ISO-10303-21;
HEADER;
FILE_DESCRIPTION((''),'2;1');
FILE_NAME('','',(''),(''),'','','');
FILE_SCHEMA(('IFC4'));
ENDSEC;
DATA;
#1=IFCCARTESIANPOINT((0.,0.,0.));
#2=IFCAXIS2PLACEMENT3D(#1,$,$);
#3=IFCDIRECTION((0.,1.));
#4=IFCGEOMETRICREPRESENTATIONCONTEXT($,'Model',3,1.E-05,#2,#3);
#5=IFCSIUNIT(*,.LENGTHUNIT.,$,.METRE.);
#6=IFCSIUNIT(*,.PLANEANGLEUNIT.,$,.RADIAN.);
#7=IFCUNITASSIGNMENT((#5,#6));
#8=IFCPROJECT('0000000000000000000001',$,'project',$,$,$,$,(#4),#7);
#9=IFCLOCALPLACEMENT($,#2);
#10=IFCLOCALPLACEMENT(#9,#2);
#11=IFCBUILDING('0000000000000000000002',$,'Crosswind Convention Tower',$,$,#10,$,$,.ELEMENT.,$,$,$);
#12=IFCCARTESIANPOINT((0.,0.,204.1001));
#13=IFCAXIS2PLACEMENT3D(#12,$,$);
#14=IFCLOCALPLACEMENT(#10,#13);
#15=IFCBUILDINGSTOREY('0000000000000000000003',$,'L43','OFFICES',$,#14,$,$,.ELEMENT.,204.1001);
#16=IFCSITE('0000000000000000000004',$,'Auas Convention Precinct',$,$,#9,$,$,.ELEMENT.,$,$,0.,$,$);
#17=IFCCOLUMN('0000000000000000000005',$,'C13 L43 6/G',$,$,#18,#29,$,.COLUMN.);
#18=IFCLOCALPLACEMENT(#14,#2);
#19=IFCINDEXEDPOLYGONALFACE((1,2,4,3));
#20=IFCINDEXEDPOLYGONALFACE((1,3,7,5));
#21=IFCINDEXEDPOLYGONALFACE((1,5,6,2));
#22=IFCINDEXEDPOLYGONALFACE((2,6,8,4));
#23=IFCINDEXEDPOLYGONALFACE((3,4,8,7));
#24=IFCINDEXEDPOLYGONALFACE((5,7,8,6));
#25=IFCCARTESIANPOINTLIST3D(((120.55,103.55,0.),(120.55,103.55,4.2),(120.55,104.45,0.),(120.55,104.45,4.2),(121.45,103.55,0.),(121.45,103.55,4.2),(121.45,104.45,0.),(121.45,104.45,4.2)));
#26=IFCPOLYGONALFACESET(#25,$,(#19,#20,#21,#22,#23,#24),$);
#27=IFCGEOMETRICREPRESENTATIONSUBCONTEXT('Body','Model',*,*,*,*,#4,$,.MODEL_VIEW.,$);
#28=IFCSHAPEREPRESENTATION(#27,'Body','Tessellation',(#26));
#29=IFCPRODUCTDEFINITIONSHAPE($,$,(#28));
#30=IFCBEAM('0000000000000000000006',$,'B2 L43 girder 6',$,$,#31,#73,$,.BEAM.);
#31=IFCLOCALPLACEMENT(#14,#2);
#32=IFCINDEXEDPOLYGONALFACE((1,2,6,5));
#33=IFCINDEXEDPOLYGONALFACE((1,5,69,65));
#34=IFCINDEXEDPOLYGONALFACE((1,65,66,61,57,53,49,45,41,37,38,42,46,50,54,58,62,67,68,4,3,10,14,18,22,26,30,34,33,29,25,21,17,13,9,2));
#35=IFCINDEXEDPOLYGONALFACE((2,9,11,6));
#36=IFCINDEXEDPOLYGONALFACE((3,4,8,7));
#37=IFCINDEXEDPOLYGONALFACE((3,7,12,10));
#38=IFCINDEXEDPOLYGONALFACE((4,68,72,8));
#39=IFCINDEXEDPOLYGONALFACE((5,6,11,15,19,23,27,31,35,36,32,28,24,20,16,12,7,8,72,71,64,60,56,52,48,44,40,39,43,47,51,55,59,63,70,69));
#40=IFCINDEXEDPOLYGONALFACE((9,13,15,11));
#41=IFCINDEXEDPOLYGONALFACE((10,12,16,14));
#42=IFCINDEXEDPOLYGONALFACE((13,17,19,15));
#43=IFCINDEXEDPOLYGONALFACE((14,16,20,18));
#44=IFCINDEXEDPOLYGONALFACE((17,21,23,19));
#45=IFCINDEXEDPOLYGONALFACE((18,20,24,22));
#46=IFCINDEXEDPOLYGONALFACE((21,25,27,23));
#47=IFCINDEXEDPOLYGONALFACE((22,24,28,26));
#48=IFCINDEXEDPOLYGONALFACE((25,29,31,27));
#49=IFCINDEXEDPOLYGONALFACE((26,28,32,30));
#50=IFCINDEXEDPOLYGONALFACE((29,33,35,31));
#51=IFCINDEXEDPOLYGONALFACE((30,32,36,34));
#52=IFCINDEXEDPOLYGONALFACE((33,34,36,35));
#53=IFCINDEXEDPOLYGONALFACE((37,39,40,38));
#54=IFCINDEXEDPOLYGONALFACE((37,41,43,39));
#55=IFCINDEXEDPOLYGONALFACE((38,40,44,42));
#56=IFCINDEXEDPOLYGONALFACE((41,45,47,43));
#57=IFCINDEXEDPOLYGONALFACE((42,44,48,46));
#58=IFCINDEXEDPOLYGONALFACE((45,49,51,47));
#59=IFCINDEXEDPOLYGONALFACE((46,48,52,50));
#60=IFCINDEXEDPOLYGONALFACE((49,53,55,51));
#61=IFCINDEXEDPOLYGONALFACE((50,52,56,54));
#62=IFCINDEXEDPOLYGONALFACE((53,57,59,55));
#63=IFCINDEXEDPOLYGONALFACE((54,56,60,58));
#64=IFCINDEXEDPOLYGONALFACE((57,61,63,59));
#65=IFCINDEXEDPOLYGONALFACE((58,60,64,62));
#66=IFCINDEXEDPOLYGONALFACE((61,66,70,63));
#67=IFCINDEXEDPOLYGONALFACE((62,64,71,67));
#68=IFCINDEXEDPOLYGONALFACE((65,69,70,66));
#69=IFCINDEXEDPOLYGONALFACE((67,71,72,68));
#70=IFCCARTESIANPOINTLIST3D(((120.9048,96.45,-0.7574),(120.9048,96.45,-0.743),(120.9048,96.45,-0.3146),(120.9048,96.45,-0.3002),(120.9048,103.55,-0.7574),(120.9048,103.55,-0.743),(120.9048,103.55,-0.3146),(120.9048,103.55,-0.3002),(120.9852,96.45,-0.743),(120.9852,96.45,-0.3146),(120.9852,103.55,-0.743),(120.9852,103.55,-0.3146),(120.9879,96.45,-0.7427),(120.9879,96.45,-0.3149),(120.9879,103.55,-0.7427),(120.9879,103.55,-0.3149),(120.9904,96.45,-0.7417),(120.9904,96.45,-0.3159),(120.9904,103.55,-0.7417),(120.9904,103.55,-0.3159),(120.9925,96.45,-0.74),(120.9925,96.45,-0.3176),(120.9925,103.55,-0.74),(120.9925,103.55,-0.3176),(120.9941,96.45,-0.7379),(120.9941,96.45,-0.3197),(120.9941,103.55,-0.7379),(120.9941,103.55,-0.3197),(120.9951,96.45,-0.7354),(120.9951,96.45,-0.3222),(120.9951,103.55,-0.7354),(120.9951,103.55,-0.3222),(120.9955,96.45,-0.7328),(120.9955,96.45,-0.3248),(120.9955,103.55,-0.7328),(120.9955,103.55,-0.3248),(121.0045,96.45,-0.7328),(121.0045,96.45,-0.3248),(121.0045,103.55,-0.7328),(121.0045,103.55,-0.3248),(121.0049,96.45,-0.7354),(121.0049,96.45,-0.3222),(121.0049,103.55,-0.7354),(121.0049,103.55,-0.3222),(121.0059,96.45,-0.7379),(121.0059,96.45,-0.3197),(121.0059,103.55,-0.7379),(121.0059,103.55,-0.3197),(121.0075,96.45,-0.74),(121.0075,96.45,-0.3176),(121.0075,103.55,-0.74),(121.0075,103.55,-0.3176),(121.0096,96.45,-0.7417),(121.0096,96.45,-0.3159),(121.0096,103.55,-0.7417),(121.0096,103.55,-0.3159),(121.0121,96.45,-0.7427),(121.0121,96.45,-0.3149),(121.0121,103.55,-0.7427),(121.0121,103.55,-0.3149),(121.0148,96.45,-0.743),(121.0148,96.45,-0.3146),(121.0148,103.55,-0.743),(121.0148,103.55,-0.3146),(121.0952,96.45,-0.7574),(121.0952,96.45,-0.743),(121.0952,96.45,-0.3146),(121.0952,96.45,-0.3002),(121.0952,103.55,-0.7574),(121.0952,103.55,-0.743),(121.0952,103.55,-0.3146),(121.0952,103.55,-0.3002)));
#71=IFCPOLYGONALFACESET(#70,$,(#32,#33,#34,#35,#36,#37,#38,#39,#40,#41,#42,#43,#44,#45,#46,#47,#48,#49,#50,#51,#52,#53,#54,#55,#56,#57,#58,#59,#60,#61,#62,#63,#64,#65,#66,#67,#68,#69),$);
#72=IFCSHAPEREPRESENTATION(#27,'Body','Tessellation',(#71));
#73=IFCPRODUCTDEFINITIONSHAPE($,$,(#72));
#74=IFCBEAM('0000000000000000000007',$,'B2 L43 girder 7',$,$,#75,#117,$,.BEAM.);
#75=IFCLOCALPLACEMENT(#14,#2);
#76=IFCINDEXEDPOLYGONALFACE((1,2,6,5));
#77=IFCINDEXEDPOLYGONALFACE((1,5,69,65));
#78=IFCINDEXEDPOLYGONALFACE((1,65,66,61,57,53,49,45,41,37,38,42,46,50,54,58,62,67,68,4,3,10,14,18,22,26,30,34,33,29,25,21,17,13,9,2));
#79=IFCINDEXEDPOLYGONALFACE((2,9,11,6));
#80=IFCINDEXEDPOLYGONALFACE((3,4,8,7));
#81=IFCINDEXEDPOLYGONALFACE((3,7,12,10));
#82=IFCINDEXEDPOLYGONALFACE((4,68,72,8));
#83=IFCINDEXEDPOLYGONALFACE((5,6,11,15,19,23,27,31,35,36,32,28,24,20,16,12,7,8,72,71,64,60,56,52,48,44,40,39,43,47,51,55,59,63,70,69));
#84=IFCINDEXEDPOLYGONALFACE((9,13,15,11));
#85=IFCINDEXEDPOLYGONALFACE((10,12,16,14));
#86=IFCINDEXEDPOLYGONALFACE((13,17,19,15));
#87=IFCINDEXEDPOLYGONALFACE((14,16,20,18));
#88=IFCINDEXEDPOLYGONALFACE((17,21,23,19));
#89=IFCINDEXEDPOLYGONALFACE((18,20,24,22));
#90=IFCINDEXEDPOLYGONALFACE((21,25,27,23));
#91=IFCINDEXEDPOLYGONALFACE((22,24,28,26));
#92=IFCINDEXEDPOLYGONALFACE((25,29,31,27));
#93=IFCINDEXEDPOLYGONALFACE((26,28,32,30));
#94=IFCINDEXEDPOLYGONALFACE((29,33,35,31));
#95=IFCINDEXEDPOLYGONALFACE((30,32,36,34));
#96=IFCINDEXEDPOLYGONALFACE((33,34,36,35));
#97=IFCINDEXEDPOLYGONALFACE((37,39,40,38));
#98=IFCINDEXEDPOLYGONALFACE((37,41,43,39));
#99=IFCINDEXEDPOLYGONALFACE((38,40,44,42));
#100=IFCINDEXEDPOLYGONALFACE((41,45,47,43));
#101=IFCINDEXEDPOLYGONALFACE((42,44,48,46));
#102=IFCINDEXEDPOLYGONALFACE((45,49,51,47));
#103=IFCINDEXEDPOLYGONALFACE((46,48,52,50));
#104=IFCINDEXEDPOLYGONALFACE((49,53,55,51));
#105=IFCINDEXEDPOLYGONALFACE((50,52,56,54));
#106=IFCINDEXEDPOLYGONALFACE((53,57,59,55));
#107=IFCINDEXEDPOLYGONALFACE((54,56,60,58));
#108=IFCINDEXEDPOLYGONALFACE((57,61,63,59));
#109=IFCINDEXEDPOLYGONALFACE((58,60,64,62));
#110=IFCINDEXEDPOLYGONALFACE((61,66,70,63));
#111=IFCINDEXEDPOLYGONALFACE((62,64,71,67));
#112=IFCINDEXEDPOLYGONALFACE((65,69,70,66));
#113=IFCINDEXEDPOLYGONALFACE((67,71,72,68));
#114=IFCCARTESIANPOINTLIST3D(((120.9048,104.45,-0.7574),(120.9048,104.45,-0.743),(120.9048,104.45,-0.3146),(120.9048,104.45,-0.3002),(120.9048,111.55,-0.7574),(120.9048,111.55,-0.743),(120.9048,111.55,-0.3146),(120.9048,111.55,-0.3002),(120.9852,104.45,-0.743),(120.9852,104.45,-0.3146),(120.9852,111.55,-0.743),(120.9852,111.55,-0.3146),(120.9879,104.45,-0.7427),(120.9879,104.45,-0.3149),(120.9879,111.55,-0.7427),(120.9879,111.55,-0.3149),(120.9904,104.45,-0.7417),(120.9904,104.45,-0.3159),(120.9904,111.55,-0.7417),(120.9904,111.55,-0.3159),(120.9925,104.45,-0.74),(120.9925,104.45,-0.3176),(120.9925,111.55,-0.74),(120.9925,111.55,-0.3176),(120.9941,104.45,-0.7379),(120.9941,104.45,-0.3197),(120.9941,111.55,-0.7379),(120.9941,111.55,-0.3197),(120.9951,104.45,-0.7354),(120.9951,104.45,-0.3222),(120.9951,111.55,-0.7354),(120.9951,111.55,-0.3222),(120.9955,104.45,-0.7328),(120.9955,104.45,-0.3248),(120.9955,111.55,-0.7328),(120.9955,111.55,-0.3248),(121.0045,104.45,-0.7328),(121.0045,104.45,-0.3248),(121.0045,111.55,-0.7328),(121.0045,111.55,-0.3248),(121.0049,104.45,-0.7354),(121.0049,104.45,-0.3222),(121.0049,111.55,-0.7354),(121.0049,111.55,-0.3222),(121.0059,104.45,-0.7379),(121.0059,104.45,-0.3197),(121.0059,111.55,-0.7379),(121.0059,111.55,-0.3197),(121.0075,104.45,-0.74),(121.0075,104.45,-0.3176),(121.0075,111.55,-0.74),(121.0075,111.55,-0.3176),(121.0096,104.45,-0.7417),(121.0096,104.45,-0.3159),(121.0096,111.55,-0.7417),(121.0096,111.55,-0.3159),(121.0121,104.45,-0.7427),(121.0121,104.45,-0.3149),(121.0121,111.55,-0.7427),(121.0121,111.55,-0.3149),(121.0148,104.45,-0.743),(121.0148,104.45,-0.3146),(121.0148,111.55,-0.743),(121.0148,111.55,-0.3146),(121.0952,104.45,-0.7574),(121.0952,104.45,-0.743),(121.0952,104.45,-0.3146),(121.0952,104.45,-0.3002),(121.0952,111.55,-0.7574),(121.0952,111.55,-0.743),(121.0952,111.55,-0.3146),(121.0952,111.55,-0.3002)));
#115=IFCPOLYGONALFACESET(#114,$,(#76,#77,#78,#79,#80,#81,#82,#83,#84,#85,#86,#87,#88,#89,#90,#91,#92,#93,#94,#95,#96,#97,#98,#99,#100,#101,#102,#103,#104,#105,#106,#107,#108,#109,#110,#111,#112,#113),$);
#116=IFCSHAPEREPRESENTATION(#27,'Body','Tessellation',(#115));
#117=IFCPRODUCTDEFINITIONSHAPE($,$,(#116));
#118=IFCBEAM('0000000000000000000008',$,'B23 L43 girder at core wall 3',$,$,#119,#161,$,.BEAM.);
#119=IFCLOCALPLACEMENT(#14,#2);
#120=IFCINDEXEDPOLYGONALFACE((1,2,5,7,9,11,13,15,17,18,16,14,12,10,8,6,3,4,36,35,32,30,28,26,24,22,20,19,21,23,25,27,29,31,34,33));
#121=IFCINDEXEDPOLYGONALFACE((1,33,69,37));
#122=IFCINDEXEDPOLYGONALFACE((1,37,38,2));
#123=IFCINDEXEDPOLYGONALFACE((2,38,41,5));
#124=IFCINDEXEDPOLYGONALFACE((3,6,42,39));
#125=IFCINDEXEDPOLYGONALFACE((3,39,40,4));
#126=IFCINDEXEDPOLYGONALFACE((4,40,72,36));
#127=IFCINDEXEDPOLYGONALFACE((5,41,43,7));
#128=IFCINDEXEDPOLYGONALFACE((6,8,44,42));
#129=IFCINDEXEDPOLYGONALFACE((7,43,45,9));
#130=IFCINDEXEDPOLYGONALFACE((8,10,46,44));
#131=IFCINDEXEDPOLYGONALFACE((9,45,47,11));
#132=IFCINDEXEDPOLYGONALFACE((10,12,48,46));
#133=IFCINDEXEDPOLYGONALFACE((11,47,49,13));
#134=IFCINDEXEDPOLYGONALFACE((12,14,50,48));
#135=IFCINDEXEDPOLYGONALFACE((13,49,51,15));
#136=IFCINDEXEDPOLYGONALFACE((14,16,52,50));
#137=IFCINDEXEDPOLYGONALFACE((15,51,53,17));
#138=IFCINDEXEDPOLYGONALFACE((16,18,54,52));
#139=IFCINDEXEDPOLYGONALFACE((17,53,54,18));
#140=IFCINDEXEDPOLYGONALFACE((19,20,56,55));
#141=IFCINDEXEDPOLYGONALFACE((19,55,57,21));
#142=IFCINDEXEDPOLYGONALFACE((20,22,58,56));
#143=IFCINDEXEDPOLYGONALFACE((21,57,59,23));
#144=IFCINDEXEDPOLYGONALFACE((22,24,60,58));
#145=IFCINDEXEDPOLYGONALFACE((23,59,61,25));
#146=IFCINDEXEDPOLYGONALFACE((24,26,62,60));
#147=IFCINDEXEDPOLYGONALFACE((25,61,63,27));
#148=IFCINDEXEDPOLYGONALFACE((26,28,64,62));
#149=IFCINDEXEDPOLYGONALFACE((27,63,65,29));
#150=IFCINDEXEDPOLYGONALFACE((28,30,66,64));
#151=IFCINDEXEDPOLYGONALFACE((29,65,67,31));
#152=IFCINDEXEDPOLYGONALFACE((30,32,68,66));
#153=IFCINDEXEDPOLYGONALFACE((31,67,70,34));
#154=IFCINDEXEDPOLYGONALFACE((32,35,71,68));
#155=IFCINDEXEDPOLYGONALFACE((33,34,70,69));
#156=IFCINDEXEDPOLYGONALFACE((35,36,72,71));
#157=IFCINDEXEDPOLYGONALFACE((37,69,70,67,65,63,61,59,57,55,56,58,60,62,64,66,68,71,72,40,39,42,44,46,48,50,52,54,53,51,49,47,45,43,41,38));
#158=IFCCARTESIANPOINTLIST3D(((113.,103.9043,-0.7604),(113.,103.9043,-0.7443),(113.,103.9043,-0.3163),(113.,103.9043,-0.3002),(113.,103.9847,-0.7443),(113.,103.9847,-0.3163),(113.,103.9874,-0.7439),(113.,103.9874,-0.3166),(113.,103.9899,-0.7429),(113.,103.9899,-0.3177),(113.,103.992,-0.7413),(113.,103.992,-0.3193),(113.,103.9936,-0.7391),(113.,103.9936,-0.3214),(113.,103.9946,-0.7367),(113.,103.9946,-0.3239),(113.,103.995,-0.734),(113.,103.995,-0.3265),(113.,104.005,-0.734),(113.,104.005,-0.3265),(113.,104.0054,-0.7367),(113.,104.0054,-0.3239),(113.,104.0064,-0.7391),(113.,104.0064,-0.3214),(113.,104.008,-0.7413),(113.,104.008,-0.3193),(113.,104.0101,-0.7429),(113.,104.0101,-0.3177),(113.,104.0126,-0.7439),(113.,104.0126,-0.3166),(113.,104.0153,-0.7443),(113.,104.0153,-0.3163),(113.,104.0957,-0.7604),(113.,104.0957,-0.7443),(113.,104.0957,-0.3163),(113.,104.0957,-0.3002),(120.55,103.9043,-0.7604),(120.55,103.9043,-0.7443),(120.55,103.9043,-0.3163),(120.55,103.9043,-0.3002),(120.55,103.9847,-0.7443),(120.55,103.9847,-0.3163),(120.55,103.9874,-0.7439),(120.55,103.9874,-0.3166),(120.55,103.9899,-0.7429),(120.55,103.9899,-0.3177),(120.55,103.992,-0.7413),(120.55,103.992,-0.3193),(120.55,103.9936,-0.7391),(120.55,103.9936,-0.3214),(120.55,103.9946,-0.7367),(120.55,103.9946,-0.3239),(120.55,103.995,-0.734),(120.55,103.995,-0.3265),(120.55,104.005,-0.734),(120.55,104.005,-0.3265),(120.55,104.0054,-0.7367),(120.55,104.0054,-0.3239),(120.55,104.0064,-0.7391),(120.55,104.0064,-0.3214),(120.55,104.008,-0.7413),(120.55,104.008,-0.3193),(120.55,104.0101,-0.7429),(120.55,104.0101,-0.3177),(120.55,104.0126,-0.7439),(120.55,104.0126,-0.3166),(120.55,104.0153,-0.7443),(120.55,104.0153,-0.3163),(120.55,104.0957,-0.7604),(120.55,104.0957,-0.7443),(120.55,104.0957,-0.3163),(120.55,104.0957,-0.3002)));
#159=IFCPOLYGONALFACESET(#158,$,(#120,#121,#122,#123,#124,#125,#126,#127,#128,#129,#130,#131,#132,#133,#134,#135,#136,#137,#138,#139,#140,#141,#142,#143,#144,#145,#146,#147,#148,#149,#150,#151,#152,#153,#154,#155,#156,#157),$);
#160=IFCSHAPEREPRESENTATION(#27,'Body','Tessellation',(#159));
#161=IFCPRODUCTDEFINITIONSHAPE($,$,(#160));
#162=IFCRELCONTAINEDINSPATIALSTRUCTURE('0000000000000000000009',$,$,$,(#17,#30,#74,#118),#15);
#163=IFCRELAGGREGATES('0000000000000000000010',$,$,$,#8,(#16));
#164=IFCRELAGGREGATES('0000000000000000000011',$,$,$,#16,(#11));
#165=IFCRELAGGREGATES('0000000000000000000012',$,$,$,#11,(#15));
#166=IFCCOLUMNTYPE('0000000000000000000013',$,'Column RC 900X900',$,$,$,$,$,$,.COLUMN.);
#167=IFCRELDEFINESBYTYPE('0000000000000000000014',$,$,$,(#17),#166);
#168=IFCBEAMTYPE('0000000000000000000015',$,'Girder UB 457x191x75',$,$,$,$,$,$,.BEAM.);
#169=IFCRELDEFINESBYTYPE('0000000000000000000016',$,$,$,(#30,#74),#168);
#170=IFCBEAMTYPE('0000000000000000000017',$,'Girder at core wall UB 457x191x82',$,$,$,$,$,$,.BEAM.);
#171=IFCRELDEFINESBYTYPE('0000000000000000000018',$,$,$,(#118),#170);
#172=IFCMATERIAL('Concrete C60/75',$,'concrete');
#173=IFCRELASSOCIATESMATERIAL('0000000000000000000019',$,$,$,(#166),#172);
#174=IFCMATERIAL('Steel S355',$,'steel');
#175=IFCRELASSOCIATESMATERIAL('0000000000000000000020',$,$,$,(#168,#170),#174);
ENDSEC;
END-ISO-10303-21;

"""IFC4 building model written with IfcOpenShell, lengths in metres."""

from ifc_helpers import new_model, si_unit, direction, frame, origin, origin_2d, place, context, subcontext, project, spatial, rectangle, i_section, extrude, material, material_profile, profile_set, type_object, element, save


model = new_model("IFC4")

# Units and contexts
model_context = context("Model", 3, precision=1e-05, world=origin(), true_north=direction((0.0, 1.0)))
body_context = subcontext(model_context, "Body", "Model", "MODEL_VIEW")
ifc_project = project(units=[si_unit("LENGTHUNIT", "METRE"), si_unit("PLANEANGLEUNIT", "RADIAN")], contexts=[model_context])

# Site, building, storey
site_placement = place(None, origin())
site = spatial("IfcSite", under=ifc_project, at=site_placement, Name="Auas Convention Precinct", CompositionType="ELEMENT", RefElevation=0.0)
building_placement = place(site_placement, origin())
building = spatial("IfcBuilding", under=site, at=building_placement, Name="Crosswind Convention Tower", CompositionType="ELEMENT")
storey_placement = place(building_placement, frame((0.0, 0.0, 204.1001)))
storey = spatial("IfcBuildingStorey", under=building, at=storey_placement, Name="L43", Description="OFFICES", CompositionType="ELEMENT", Elevation=204.1001)

# Column
ifc_material_1 = material(Name="Concrete C60/75", Category="concrete")
ifc_material_profile_1 = material_profile(ifc_material_1, rectangle(XDim=0.8999, YDim=0.8999, at=origin_2d()), Name="RC 900X900")
ifc_profile_set_1 = profile_set([ifc_material_profile_1], Name="Concrete C60/75")
column_type = type_object("IfcColumnType", Name="Column RC 900X900", PredefinedType="COLUMN", material=ifc_profile_set_1)
column_placement = place(storey_placement, frame((121.0, 104.0, 0.0), z_axis=(0.0, 0.0, 1.0), x_axis=(1.0, 0.0, 0.0)))
element("IfcColumn", 1, at=column_placement, inside=storey, type_object=column_type, Name="C13 L43 6/G", PredefinedType="COLUMN", context=body_context, shape_type="SweptSolid", body=[
    extrude(rectangle(XDim=0.8999, YDim=0.8999, at=origin_2d()), origin(), (0.0, 0.0, 1.0), 4.2),
])

# Beams
ifc_material_2 = material(Name="Steel S355", Category="steel")
ifc_material_profile_2 = material_profile(ifc_material_2, i_section(OverallWidth=0.1904, OverallDepth=0.4573, WebThickness=0.009, FlangeThickness=0.0144, FilletRadius=0.0103, at=origin_2d()), Name="UB 457x191x75")
ifc_profile_set_2 = profile_set([ifc_material_profile_2], Name="Steel S355")
beam_type_1 = type_object("IfcBeamType", Name="Girder UB 457x191x75", PredefinedType="BEAM", material=ifc_profile_set_2)
for number, where, z_axis, x_axis, name in (
    (2, (121.0, 96.45, -0.5288), (0.0, 1.0, 0.0), (-1.0, 0.0, 0.0), "B2 L43 girder 6"),
    (3, (121.0, 104.45, -0.5288), (0.0, 1.0, 0.0), (-1.0, 0.0, 0.0), "B2 L43 girder 7"),
):
    element("IfcBeam", number, at=place(storey_placement, frame(where, z_axis=z_axis, x_axis=x_axis)), inside=storey, type_object=beam_type_1, Name=name, PredefinedType="BEAM", context=body_context, shape_type="SweptSolid", body=[
        extrude(i_section(OverallWidth=0.1904, OverallDepth=0.4573, WebThickness=0.009, FlangeThickness=0.0144, FilletRadius=0.0103, at=origin_2d()), origin(), (0.0, 0.0, 1.0), 7.1001),
    ])
ifc_material_profile_3 = material_profile(ifc_material_2, i_section(OverallWidth=0.1914, OverallDepth=0.4602, WebThickness=0.01, FlangeThickness=0.0161, FilletRadius=0.0103, at=origin_2d()), Name="UB 457x191x82")
ifc_profile_set_3 = profile_set([ifc_material_profile_3], Name="Steel S355")
beam_type_2 = type_object("IfcBeamType", Name="Girder at core wall UB 457x191x82", PredefinedType="BEAM", material=ifc_profile_set_3)
beam_placement = place(storey_placement, frame((113.0, 104.0, -0.5303), z_axis=(1.0, 0.0, 0.0), x_axis=(0.0, 1.0, 0.0)))
element("IfcBeam", 4, at=beam_placement, inside=storey, type_object=beam_type_2, Name="B23 L43 girder at core wall 3", PredefinedType="BEAM", context=body_context, shape_type="SweptSolid", body=[
    extrude(i_section(OverallWidth=0.1914, OverallDepth=0.4602, WebThickness=0.01, FlangeThickness=0.0161, FilletRadius=0.0103, at=origin_2d()), origin(), (0.0, 0.0, 1.0), 7.55),
])

save(model, "model.ifc")
